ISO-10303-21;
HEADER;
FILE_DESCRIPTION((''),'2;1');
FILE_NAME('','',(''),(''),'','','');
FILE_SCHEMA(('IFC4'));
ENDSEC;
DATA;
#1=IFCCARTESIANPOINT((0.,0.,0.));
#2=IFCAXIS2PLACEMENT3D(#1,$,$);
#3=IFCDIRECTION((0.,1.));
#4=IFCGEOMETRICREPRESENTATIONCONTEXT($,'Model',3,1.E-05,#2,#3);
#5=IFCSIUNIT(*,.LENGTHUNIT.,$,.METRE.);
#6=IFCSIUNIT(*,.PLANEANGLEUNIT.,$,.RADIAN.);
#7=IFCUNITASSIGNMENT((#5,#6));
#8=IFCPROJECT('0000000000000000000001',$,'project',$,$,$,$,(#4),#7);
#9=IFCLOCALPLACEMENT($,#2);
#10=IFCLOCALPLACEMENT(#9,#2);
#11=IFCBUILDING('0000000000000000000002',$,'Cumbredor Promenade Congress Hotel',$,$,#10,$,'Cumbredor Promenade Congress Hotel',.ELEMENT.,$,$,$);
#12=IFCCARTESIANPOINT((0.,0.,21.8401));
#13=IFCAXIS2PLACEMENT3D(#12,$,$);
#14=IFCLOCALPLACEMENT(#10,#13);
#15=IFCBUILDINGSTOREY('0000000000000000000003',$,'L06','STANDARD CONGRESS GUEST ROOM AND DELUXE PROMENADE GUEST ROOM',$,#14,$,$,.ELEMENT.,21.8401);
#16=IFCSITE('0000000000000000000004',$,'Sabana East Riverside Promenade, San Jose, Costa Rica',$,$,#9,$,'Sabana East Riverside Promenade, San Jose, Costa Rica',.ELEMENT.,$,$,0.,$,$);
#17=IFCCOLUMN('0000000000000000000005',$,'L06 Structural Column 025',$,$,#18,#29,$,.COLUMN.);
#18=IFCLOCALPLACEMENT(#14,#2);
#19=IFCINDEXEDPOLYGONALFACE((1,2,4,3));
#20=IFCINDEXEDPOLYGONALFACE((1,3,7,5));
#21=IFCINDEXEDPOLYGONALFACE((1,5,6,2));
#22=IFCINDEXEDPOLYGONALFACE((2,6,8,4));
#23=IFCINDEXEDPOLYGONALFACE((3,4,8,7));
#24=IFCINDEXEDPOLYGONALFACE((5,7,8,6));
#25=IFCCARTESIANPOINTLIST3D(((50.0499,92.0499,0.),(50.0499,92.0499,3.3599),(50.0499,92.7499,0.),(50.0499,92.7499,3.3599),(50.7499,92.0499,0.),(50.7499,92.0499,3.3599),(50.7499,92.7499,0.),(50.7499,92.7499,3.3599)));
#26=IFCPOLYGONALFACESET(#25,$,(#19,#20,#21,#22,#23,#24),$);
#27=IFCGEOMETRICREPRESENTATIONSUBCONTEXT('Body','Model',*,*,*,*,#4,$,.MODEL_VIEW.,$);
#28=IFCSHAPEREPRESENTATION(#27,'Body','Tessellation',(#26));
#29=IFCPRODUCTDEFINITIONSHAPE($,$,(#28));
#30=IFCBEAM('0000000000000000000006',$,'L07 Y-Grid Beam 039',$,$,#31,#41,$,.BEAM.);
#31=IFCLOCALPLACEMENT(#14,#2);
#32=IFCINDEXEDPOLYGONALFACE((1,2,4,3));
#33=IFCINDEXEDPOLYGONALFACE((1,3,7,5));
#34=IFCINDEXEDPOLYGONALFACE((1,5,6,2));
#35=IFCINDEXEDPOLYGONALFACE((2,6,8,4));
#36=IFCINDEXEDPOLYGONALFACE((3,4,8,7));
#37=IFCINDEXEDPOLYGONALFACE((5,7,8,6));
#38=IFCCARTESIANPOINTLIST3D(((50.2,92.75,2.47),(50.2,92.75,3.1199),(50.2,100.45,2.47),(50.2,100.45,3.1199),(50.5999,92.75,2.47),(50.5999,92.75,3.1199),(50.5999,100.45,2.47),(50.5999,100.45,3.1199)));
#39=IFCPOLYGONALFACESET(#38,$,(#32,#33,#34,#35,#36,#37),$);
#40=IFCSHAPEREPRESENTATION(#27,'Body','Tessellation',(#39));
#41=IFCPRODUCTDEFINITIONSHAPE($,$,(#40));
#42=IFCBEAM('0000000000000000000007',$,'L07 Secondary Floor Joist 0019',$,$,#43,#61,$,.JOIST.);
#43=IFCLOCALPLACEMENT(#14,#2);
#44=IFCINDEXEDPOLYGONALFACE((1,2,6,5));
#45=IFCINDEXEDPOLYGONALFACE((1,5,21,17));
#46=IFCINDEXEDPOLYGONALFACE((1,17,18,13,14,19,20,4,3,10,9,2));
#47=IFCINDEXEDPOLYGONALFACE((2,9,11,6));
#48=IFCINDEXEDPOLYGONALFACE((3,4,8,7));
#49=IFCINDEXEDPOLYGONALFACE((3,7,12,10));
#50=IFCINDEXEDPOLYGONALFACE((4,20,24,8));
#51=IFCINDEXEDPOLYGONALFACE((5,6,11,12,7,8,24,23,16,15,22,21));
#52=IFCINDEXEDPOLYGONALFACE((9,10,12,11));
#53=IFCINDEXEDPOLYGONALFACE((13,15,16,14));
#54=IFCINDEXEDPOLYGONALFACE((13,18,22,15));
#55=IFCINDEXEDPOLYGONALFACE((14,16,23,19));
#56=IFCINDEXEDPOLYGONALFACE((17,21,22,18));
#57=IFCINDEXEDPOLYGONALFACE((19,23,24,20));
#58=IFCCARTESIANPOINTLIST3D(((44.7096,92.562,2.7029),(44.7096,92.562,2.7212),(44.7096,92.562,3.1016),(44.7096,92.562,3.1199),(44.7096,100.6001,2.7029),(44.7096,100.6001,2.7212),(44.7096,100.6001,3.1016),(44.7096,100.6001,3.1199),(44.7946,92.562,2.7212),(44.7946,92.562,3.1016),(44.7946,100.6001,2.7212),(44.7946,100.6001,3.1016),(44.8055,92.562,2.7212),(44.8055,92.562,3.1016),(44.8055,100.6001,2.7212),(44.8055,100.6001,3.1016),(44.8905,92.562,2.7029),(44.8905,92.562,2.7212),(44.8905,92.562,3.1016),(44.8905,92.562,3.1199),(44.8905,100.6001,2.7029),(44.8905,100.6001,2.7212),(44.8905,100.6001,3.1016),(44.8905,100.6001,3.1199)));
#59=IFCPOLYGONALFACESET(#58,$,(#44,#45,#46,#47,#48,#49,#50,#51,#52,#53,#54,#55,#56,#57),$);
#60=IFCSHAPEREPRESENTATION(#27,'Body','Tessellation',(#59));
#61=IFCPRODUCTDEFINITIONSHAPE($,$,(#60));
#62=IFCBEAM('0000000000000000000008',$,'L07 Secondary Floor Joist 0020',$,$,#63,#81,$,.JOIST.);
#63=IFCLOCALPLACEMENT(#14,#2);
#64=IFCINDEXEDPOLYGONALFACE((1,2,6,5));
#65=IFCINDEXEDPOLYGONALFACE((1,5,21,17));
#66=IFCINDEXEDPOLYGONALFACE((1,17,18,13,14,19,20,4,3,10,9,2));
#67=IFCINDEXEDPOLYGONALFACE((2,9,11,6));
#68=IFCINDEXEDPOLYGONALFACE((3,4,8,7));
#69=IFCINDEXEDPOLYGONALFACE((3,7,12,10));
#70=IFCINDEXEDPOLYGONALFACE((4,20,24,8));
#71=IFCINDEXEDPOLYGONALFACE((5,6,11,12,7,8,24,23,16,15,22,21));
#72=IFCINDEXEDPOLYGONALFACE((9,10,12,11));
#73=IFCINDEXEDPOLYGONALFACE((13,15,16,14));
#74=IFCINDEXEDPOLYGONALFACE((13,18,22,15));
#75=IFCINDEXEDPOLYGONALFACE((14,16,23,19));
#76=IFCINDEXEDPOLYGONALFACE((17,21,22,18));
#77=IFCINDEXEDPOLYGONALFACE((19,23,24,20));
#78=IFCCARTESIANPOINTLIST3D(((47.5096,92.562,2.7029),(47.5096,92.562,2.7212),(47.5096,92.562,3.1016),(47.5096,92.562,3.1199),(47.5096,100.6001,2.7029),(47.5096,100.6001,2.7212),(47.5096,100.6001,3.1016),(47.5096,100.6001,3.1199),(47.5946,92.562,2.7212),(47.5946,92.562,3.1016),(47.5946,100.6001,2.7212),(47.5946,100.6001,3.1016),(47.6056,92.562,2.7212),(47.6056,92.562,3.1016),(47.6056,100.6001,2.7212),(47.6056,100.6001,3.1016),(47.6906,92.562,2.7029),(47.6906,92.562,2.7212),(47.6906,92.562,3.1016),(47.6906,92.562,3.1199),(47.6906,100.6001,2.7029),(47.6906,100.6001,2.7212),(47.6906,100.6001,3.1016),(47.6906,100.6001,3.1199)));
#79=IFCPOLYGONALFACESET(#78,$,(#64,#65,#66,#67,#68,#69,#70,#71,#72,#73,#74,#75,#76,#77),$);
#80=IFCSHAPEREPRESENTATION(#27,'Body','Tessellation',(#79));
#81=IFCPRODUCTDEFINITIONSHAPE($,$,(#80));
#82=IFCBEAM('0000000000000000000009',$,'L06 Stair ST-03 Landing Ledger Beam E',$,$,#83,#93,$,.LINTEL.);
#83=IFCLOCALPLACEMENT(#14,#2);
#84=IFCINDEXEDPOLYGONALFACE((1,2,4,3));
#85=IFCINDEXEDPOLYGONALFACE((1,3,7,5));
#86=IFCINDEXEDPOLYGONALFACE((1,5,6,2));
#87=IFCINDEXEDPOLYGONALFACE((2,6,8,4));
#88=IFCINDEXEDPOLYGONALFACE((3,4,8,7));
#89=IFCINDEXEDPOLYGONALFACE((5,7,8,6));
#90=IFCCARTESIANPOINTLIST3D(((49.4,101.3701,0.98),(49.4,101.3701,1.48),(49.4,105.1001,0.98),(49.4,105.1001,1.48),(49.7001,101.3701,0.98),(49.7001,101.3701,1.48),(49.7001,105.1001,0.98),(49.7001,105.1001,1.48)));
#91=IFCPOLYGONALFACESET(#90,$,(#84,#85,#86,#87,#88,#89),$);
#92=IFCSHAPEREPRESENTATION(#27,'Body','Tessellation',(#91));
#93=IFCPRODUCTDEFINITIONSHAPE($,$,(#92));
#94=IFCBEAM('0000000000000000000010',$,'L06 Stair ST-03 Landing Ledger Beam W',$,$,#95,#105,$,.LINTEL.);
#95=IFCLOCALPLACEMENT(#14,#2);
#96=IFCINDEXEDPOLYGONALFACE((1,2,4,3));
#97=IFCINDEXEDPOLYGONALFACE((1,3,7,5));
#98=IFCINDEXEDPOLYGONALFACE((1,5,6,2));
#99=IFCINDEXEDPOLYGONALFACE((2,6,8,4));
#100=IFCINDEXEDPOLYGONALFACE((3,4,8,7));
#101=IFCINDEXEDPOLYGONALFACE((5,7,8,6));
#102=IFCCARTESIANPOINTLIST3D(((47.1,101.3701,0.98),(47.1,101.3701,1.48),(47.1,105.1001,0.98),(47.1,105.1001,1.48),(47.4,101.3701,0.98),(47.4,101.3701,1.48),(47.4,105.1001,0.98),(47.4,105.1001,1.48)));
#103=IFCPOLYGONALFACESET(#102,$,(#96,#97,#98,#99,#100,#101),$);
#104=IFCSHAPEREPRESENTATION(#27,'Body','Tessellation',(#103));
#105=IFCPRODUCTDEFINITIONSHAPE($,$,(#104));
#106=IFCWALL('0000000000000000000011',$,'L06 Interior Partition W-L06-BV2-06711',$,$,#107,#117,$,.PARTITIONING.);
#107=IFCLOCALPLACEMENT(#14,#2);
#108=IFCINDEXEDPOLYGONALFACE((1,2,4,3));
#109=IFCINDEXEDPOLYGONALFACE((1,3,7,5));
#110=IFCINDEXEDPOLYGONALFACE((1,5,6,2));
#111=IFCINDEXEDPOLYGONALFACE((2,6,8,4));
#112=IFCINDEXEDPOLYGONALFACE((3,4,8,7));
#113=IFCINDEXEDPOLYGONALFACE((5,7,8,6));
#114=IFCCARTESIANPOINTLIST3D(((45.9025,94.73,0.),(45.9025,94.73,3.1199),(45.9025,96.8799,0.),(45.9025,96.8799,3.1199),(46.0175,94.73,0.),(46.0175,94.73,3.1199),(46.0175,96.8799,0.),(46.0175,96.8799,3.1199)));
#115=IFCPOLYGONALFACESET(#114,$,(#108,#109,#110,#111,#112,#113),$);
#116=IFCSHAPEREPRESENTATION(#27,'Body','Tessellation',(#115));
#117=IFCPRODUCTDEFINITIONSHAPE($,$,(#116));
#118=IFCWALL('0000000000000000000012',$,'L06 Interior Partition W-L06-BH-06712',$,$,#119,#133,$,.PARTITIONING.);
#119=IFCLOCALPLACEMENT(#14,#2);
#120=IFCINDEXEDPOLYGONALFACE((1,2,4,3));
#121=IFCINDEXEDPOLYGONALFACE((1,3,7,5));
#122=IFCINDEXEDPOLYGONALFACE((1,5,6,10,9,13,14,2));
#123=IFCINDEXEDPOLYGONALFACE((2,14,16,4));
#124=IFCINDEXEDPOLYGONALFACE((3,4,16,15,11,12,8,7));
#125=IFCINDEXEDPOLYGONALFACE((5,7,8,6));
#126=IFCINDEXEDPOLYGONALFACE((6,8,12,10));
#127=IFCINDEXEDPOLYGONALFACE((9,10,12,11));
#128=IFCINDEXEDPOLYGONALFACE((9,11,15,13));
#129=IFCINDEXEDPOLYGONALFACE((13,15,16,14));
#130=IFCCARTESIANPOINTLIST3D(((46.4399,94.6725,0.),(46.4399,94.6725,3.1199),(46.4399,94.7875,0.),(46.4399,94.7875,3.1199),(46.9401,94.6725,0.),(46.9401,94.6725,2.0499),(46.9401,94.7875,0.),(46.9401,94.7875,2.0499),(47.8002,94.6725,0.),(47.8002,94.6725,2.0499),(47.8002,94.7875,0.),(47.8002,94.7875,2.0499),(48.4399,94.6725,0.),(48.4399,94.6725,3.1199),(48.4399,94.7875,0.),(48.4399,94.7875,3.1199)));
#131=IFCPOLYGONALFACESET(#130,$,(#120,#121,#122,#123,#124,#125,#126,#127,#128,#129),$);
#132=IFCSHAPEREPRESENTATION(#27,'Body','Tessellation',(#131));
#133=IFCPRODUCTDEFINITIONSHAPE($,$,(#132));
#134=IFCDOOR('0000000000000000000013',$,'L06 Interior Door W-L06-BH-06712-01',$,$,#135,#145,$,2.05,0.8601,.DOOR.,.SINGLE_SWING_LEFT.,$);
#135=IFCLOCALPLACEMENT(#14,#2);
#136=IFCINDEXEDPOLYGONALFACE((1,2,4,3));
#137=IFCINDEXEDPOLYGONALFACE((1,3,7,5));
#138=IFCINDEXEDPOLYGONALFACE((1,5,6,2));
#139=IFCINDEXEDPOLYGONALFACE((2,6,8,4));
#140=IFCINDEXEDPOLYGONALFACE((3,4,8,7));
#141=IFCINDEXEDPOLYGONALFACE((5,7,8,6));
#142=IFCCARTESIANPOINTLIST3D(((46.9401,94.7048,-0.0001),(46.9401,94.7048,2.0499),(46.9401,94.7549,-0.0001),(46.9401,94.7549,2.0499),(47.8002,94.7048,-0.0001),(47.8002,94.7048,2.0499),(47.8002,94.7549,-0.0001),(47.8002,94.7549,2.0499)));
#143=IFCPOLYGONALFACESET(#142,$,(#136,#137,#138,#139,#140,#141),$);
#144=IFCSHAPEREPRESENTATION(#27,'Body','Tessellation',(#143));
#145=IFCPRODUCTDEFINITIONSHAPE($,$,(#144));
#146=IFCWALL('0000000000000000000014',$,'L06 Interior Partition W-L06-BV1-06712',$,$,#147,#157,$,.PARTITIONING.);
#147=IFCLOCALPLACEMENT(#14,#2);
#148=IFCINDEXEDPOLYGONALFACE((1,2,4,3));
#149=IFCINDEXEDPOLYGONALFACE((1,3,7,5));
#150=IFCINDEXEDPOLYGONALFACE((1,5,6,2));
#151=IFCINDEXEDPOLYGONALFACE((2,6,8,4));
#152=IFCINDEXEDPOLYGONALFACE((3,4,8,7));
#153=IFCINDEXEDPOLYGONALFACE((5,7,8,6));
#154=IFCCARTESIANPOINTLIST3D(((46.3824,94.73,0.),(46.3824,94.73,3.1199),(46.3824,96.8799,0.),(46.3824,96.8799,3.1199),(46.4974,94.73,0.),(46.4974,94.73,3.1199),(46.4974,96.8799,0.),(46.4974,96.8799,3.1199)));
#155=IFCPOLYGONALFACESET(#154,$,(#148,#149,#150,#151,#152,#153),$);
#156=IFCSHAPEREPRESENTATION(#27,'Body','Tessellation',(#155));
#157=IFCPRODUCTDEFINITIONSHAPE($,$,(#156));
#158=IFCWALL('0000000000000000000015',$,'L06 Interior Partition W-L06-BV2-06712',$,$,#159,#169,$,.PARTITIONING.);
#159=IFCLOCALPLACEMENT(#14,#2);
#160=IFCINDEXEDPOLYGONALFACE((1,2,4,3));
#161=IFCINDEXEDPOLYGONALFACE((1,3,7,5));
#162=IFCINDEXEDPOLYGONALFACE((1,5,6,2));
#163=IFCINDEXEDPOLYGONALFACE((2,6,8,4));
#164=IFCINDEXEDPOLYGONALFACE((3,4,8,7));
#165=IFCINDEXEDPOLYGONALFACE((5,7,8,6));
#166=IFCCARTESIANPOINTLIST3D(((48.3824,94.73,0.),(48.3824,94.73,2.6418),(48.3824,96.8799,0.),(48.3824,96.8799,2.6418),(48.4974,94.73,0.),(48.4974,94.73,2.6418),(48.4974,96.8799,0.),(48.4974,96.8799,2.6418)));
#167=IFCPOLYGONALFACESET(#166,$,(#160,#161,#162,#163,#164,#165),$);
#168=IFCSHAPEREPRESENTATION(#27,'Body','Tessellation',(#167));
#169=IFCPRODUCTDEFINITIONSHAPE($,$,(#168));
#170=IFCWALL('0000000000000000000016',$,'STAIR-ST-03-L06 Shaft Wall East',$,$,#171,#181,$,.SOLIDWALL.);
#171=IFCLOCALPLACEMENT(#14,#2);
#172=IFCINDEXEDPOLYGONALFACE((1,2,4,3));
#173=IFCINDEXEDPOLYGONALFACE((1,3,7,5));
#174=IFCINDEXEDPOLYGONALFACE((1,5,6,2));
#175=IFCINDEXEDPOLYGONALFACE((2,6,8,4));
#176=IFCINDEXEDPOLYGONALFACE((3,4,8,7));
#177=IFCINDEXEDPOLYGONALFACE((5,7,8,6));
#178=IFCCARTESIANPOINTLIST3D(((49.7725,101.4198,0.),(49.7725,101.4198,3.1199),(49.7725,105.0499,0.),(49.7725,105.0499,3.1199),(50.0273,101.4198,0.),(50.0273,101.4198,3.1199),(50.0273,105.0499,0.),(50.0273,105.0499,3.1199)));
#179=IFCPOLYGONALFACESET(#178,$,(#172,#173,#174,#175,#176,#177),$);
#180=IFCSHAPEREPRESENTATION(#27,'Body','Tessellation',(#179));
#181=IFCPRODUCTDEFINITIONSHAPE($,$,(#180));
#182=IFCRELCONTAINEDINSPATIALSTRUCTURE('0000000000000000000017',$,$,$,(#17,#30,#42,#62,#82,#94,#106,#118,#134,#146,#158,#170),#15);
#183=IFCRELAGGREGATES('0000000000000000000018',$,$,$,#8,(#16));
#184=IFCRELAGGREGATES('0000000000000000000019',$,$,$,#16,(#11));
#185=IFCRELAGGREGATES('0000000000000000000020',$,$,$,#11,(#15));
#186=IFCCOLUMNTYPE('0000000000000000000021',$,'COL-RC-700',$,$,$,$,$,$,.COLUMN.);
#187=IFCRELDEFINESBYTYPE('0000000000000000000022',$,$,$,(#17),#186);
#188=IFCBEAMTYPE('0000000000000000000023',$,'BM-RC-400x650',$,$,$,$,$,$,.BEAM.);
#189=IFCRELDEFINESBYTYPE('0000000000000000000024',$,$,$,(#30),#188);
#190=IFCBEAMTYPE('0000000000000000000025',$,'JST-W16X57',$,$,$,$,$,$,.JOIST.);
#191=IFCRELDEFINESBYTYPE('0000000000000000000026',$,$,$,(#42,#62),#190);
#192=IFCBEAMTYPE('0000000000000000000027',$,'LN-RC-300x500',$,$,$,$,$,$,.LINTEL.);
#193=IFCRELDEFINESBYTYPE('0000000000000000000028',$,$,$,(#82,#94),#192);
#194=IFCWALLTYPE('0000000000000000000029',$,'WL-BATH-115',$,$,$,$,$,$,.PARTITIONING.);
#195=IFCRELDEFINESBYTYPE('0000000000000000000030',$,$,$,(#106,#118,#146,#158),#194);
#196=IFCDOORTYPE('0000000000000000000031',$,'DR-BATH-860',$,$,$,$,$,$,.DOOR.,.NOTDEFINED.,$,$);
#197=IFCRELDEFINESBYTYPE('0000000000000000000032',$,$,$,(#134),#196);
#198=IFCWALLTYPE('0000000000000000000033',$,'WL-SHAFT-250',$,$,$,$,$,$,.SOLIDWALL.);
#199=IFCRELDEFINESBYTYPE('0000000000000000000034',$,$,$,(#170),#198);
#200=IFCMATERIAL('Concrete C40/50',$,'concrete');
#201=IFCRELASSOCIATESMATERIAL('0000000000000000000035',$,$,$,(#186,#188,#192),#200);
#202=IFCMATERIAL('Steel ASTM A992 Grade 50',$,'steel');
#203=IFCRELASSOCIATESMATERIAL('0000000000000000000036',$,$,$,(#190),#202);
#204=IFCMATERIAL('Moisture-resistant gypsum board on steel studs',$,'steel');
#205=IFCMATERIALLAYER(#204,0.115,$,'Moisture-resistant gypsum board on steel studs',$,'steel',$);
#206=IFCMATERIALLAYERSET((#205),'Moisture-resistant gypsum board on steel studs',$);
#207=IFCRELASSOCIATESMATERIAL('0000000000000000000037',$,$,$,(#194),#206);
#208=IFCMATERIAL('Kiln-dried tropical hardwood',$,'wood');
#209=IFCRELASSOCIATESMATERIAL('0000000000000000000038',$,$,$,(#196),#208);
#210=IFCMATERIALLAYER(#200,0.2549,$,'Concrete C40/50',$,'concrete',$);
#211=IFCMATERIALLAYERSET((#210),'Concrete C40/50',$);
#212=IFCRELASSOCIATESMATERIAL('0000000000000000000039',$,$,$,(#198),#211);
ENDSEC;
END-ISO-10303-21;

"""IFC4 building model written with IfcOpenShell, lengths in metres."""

from ifc_helpers import new_model, si_unit, direction, frame, frame_2d, origin, origin_2d, place, context, subcontext, project, spatial, rectangle, i_section, extrude, material, layer, layer_set, material_profile, profile_set, type_object, element, fill, save


model = new_model("IFC4")

# Units and contexts
model_context = context("Model", 3, precision=1e-05, world=origin(), true_north=direction((0.0, 1.0)))
body_context = subcontext(model_context, "Body", "Model", "MODEL_VIEW")
ifc_project = project(units=[si_unit("LENGTHUNIT", "METRE"), si_unit("PLANEANGLEUNIT", "RADIAN")], contexts=[model_context])

# Site, building, storey
site_placement = place(None, origin())
site = spatial("IfcSite", under=ifc_project, at=site_placement, Name="Sabana East Riverside Promenade, San Jose, Costa Rica", LongName="Sabana East Riverside Promenade, San Jose, Costa Rica", CompositionType="ELEMENT", RefElevation=0.0)
building_placement = place(site_placement, origin())
building = spatial("IfcBuilding", under=site, at=building_placement, Name="Cumbredor Promenade Congress Hotel", LongName="Cumbredor Promenade Congress Hotel", CompositionType="ELEMENT")
storey_placement = place(building_placement, frame((0.0, 0.0, 21.8401)))
storey = spatial("IfcBuildingStorey", under=building, at=storey_placement, Name="L06", Description="STANDARD CONGRESS GUEST ROOM AND DELUXE PROMENADE GUEST ROOM", CompositionType="ELEMENT", Elevation=21.8401)

# Column
ifc_material_1 = material(Name="Concrete C40/50", Category="concrete")
ifc_material_profile_1 = material_profile(ifc_material_1, rectangle(XDim=0.7, YDim=0.7, at=origin_2d()), Name="RC 700x700")
ifc_profile_set_1 = profile_set([ifc_material_profile_1], Name="Concrete C40/50")
column_type = type_object("IfcColumnType", Name="COL-RC-700", PredefinedType="COLUMN", material=ifc_profile_set_1)
column_placement = place(storey_placement, frame((50.3999, 92.3999, 0.0), z_axis=(0.0, 0.0, 1.0), x_axis=(1.0, 0.0, 0.0)))
element("IfcColumn", 1, at=column_placement, inside=storey, type_object=column_type, Name="L06 Structural Column 025", PredefinedType="COLUMN", context=body_context, shape_type="SweptSolid", body=[
    extrude(rectangle(XDim=0.7, YDim=0.7, at=origin_2d()), origin(), (0.0, 0.0, 1.0), 3.3599),
])

# Beams
ifc_material_profile_2 = material_profile(ifc_material_1, rectangle(XDim=0.3999, YDim=0.6499, at=origin_2d()), Name="RC BEAM 400x650")
ifc_profile_set_2 = profile_set([ifc_material_profile_2], Name="Concrete C40/50")
beam_type_1 = type_object("IfcBeamType", Name="BM-RC-400x650", PredefinedType="BEAM", material=ifc_profile_set_2)
beam_placement = place(storey_placement, frame((50.3999, 92.75, 2.7949), z_axis=(0.0, 1.0, 0.0), x_axis=(-1.0, 0.0, 0.0)))
element("IfcBeam", 2, at=beam_placement, inside=storey, type_object=beam_type_1, Name="L07 Y-Grid Beam 039", PredefinedType="BEAM", context=body_context, shape_type="SweptSolid", body=[
    extrude(rectangle(XDim=0.3999, YDim=0.6499, at=origin_2d()), origin(), (0.0, 0.0, 1.0), 7.7),
])
ifc_material_2 = material(Name="Steel ASTM A992 Grade 50", Category="steel")
ifc_material_profile_3 = material_profile(ifc_material_2, i_section(OverallWidth=0.1809, OverallDepth=0.417, WebThickness=0.011, FlangeThickness=0.0183, at=origin_2d()), Name="W16X57")
ifc_profile_set_3 = profile_set([ifc_material_profile_3], Name="Steel ASTM A992 Grade 50")
beam_type_2 = type_object("IfcBeamType", Name="JST-W16X57", PredefinedType="JOIST", material=ifc_profile_set_3)
for number, where, z_axis, x_axis, name in (
    (3, (44.8, 92.562, 2.9114), (0.0, 1.0, 0.0), (-1.0, 0.0, 0.0), "L07 Secondary Floor Joist 0019"),
    (4, (47.6001, 92.562, 2.9114), (0.0, 1.0, 0.0), (-1.0, 0.0, 0.0), "L07 Secondary Floor Joist 0020"),
):
    element("IfcBeam", number, at=place(storey_placement, frame(where, z_axis=z_axis, x_axis=x_axis)), inside=storey, type_object=beam_type_2, Name=name, PredefinedType="JOIST", context=body_context, shape_type="SweptSolid", body=[
        extrude(i_section(OverallWidth=0.1809, OverallDepth=0.417, WebThickness=0.011, FlangeThickness=0.0183, at=origin_2d()), origin(), (0.0, 0.0, 1.0), 8.0381),
    ])
ifc_material_profile_4 = material_profile(ifc_material_1, rectangle(XDim=0.3, YDim=0.5, at=origin_2d()), Name="RC LINTEL 300x500")
ifc_profile_set_4 = profile_set([ifc_material_profile_4], Name="Concrete C40/50")
beam_type_3 = type_object("IfcBeamType", Name="LN-RC-300x500", PredefinedType="LINTEL", material=ifc_profile_set_4)
for number, where, z_axis, x_axis, name in (
    (5, (49.55, 101.3701, 1.23), (0.0, 1.0, 0.0), (-1.0, 0.0, 0.0), "L06 Stair ST-03 Landing Ledger Beam E"),
    (6, (47.25, 101.3701, 1.23), (0.0, 1.0, 0.0), (-1.0, 0.0, 0.0), "L06 Stair ST-03 Landing Ledger Beam W"),
):
    element("IfcBeam", number, at=place(storey_placement, frame(where, z_axis=z_axis, x_axis=x_axis)), inside=storey, type_object=beam_type_3, Name=name, PredefinedType="LINTEL", context=body_context, shape_type="SweptSolid", body=[
        extrude(rectangle(XDim=0.3, YDim=0.5, at=origin_2d()), origin(), (0.0, 0.0, 1.0), 3.73),
    ])

# Wall
ifc_material_3 = material(Name="Moisture-resistant gypsum board on steel studs", Category="steel")
ifc_layer_1 = layer(ifc_material_3, 0.115, Name="Moisture-resistant gypsum board on steel studs", Category="steel")
ifc_layer_set_1 = layer_set([ifc_layer_1], Name="Moisture-resistant gypsum board on steel studs")
wall_type_1 = type_object("IfcWallType", Name="WL-BATH-115", PredefinedType="PARTITIONING", material=ifc_layer_set_1)
wall_1_placement = place(storey_placement, frame((45.96, 94.73, 0.0), z_axis=(0.0, 0.0, 1.0), x_axis=(0.0, 1.0, 0.0)))
element("IfcWall", 7, at=wall_1_placement, inside=storey, type_object=wall_type_1, Name="L06 Interior Partition W-L06-BV2-06711", PredefinedType="PARTITIONING", context=body_context, shape_type="SweptSolid", body=[
    extrude(rectangle(XDim=2.1499, YDim=0.115, at=frame_2d((1.075, 0.0))), origin(), (0.0, 0.0, 1.0), 3.1199),
])

# Wall, opening, door
wall_2_placement = place(storey_placement, frame((46.4399, 94.73, 0.0), z_axis=(0.0, 0.0, 1.0), x_axis=(1.0, 0.0, 0.0)))
wall_2 = element("IfcWall", 8, at=wall_2_placement, inside=storey, type_object=wall_type_1, Name="L06 Interior Partition W-L06-BH-06712", PredefinedType="PARTITIONING", context=body_context, shape_type="SweptSolid", body=[
    extrude(rectangle(XDim=2.0, YDim=0.115, at=frame_2d((1.0, 0.0))), origin(), (0.0, 0.0, 1.0), 3.1199),
])
opening_placement = place(wall_2_placement, frame((0.5, 0.0, 0.0)))
opening = element("IfcOpeningElement", 9, at=opening_placement, cuts=wall_2, PredefinedType="OPENING", context=body_context, shape_type="SweptSolid", body=[
    extrude(rectangle(XDim=0.8601, YDim=2.05, at=frame_2d((0.4302, 1.0249))), frame((0.0, 0.0674, 0.0), z_axis=(0.0, -1.0, 0.0), x_axis=(1.0, 0.0, 0.0)), (0.0, 0.0, 1.0), 0.135),
])
ifc_material_4 = material(Name="Kiln-dried tropical hardwood", Category="wood")
door_type = type_object("IfcDoorType", Name="DR-BATH-860", OperationType="NOTDEFINED", PredefinedType="DOOR", material=ifc_material_4)
door_placement = place(opening_placement, origin())
door = element("IfcDoor", 10, at=door_placement, inside=storey, type_object=door_type, Name="L06 Interior Door W-L06-BH-06712-01", OperationType="SINGLE_SWING_LEFT", OverallHeight=2.05, OverallWidth=0.8601, PredefinedType="DOOR", context=body_context, shape_type="SweptSolid", body=[
    extrude(rectangle(XDim=0.8601, YDim=2.05, at=frame_2d((0.4302, 1.0249))), frame((0.0, 0.0249, 0.0), z_axis=(0.0, -1.0, 0.0), x_axis=(1.0, 0.0, 0.0)), (0.0, 0.0, 1.0), 0.05),
])
fill(opening, door)

# Walls
wall_3_placement = place(storey_placement, frame((46.4399, 94.73, 0.0), z_axis=(0.0, 0.0, 1.0), x_axis=(0.0, 1.0, 0.0)))
element("IfcWall", 11, at=wall_3_placement, inside=storey, type_object=wall_type_1, Name="L06 Interior Partition W-L06-BV1-06712", PredefinedType="PARTITIONING", context=body_context, shape_type="SweptSolid", body=[
    extrude(rectangle(XDim=2.1499, YDim=0.115, at=frame_2d((1.075, 0.0))), origin(), (0.0, 0.0, 1.0), 3.1199),
])
wall_4_placement = place(storey_placement, frame((48.4399, 94.73, 0.0), z_axis=(0.0, 0.0, 1.0), x_axis=(0.0, 1.0, 0.0)))
element("IfcWall", 12, at=wall_4_placement, inside=storey, type_object=wall_type_1, Name="L06 Interior Partition W-L06-BV2-06712", PredefinedType="PARTITIONING", context=body_context, shape_type="SweptSolid", body=[
    extrude(rectangle(XDim=2.1499, YDim=0.115, at=frame_2d((1.075, 0.0))), origin(), (0.0, 0.0, 1.0), 2.6418),
])
ifc_layer_2 = layer(ifc_material_1, 0.2549, Name="Concrete C40/50", Category="concrete")
ifc_layer_set_2 = layer_set([ifc_layer_2], Name="Concrete C40/50")
wall_type_2 = type_object("IfcWallType", Name="WL-SHAFT-250", PredefinedType="SOLIDWALL", material=ifc_layer_set_2)
wall_5_placement = place(storey_placement, frame((49.8999, 101.4199, 0.0), z_axis=(0.0, 0.0, 1.0), x_axis=(0.0, 1.0, 0.0)))
element("IfcWall", 13, at=wall_5_placement, inside=storey, type_object=wall_type_2, Name="STAIR-ST-03-L06 Shaft Wall East", PredefinedType="SOLIDWALL", context=body_context, shape_type="SweptSolid", body=[
    extrude(rectangle(XDim=3.6301, YDim=0.2549, at=frame_2d((1.8149, 0.0))), origin(), (0.0, 0.0, 1.0), 3.1199),
])

save(model, "model.ifc")
